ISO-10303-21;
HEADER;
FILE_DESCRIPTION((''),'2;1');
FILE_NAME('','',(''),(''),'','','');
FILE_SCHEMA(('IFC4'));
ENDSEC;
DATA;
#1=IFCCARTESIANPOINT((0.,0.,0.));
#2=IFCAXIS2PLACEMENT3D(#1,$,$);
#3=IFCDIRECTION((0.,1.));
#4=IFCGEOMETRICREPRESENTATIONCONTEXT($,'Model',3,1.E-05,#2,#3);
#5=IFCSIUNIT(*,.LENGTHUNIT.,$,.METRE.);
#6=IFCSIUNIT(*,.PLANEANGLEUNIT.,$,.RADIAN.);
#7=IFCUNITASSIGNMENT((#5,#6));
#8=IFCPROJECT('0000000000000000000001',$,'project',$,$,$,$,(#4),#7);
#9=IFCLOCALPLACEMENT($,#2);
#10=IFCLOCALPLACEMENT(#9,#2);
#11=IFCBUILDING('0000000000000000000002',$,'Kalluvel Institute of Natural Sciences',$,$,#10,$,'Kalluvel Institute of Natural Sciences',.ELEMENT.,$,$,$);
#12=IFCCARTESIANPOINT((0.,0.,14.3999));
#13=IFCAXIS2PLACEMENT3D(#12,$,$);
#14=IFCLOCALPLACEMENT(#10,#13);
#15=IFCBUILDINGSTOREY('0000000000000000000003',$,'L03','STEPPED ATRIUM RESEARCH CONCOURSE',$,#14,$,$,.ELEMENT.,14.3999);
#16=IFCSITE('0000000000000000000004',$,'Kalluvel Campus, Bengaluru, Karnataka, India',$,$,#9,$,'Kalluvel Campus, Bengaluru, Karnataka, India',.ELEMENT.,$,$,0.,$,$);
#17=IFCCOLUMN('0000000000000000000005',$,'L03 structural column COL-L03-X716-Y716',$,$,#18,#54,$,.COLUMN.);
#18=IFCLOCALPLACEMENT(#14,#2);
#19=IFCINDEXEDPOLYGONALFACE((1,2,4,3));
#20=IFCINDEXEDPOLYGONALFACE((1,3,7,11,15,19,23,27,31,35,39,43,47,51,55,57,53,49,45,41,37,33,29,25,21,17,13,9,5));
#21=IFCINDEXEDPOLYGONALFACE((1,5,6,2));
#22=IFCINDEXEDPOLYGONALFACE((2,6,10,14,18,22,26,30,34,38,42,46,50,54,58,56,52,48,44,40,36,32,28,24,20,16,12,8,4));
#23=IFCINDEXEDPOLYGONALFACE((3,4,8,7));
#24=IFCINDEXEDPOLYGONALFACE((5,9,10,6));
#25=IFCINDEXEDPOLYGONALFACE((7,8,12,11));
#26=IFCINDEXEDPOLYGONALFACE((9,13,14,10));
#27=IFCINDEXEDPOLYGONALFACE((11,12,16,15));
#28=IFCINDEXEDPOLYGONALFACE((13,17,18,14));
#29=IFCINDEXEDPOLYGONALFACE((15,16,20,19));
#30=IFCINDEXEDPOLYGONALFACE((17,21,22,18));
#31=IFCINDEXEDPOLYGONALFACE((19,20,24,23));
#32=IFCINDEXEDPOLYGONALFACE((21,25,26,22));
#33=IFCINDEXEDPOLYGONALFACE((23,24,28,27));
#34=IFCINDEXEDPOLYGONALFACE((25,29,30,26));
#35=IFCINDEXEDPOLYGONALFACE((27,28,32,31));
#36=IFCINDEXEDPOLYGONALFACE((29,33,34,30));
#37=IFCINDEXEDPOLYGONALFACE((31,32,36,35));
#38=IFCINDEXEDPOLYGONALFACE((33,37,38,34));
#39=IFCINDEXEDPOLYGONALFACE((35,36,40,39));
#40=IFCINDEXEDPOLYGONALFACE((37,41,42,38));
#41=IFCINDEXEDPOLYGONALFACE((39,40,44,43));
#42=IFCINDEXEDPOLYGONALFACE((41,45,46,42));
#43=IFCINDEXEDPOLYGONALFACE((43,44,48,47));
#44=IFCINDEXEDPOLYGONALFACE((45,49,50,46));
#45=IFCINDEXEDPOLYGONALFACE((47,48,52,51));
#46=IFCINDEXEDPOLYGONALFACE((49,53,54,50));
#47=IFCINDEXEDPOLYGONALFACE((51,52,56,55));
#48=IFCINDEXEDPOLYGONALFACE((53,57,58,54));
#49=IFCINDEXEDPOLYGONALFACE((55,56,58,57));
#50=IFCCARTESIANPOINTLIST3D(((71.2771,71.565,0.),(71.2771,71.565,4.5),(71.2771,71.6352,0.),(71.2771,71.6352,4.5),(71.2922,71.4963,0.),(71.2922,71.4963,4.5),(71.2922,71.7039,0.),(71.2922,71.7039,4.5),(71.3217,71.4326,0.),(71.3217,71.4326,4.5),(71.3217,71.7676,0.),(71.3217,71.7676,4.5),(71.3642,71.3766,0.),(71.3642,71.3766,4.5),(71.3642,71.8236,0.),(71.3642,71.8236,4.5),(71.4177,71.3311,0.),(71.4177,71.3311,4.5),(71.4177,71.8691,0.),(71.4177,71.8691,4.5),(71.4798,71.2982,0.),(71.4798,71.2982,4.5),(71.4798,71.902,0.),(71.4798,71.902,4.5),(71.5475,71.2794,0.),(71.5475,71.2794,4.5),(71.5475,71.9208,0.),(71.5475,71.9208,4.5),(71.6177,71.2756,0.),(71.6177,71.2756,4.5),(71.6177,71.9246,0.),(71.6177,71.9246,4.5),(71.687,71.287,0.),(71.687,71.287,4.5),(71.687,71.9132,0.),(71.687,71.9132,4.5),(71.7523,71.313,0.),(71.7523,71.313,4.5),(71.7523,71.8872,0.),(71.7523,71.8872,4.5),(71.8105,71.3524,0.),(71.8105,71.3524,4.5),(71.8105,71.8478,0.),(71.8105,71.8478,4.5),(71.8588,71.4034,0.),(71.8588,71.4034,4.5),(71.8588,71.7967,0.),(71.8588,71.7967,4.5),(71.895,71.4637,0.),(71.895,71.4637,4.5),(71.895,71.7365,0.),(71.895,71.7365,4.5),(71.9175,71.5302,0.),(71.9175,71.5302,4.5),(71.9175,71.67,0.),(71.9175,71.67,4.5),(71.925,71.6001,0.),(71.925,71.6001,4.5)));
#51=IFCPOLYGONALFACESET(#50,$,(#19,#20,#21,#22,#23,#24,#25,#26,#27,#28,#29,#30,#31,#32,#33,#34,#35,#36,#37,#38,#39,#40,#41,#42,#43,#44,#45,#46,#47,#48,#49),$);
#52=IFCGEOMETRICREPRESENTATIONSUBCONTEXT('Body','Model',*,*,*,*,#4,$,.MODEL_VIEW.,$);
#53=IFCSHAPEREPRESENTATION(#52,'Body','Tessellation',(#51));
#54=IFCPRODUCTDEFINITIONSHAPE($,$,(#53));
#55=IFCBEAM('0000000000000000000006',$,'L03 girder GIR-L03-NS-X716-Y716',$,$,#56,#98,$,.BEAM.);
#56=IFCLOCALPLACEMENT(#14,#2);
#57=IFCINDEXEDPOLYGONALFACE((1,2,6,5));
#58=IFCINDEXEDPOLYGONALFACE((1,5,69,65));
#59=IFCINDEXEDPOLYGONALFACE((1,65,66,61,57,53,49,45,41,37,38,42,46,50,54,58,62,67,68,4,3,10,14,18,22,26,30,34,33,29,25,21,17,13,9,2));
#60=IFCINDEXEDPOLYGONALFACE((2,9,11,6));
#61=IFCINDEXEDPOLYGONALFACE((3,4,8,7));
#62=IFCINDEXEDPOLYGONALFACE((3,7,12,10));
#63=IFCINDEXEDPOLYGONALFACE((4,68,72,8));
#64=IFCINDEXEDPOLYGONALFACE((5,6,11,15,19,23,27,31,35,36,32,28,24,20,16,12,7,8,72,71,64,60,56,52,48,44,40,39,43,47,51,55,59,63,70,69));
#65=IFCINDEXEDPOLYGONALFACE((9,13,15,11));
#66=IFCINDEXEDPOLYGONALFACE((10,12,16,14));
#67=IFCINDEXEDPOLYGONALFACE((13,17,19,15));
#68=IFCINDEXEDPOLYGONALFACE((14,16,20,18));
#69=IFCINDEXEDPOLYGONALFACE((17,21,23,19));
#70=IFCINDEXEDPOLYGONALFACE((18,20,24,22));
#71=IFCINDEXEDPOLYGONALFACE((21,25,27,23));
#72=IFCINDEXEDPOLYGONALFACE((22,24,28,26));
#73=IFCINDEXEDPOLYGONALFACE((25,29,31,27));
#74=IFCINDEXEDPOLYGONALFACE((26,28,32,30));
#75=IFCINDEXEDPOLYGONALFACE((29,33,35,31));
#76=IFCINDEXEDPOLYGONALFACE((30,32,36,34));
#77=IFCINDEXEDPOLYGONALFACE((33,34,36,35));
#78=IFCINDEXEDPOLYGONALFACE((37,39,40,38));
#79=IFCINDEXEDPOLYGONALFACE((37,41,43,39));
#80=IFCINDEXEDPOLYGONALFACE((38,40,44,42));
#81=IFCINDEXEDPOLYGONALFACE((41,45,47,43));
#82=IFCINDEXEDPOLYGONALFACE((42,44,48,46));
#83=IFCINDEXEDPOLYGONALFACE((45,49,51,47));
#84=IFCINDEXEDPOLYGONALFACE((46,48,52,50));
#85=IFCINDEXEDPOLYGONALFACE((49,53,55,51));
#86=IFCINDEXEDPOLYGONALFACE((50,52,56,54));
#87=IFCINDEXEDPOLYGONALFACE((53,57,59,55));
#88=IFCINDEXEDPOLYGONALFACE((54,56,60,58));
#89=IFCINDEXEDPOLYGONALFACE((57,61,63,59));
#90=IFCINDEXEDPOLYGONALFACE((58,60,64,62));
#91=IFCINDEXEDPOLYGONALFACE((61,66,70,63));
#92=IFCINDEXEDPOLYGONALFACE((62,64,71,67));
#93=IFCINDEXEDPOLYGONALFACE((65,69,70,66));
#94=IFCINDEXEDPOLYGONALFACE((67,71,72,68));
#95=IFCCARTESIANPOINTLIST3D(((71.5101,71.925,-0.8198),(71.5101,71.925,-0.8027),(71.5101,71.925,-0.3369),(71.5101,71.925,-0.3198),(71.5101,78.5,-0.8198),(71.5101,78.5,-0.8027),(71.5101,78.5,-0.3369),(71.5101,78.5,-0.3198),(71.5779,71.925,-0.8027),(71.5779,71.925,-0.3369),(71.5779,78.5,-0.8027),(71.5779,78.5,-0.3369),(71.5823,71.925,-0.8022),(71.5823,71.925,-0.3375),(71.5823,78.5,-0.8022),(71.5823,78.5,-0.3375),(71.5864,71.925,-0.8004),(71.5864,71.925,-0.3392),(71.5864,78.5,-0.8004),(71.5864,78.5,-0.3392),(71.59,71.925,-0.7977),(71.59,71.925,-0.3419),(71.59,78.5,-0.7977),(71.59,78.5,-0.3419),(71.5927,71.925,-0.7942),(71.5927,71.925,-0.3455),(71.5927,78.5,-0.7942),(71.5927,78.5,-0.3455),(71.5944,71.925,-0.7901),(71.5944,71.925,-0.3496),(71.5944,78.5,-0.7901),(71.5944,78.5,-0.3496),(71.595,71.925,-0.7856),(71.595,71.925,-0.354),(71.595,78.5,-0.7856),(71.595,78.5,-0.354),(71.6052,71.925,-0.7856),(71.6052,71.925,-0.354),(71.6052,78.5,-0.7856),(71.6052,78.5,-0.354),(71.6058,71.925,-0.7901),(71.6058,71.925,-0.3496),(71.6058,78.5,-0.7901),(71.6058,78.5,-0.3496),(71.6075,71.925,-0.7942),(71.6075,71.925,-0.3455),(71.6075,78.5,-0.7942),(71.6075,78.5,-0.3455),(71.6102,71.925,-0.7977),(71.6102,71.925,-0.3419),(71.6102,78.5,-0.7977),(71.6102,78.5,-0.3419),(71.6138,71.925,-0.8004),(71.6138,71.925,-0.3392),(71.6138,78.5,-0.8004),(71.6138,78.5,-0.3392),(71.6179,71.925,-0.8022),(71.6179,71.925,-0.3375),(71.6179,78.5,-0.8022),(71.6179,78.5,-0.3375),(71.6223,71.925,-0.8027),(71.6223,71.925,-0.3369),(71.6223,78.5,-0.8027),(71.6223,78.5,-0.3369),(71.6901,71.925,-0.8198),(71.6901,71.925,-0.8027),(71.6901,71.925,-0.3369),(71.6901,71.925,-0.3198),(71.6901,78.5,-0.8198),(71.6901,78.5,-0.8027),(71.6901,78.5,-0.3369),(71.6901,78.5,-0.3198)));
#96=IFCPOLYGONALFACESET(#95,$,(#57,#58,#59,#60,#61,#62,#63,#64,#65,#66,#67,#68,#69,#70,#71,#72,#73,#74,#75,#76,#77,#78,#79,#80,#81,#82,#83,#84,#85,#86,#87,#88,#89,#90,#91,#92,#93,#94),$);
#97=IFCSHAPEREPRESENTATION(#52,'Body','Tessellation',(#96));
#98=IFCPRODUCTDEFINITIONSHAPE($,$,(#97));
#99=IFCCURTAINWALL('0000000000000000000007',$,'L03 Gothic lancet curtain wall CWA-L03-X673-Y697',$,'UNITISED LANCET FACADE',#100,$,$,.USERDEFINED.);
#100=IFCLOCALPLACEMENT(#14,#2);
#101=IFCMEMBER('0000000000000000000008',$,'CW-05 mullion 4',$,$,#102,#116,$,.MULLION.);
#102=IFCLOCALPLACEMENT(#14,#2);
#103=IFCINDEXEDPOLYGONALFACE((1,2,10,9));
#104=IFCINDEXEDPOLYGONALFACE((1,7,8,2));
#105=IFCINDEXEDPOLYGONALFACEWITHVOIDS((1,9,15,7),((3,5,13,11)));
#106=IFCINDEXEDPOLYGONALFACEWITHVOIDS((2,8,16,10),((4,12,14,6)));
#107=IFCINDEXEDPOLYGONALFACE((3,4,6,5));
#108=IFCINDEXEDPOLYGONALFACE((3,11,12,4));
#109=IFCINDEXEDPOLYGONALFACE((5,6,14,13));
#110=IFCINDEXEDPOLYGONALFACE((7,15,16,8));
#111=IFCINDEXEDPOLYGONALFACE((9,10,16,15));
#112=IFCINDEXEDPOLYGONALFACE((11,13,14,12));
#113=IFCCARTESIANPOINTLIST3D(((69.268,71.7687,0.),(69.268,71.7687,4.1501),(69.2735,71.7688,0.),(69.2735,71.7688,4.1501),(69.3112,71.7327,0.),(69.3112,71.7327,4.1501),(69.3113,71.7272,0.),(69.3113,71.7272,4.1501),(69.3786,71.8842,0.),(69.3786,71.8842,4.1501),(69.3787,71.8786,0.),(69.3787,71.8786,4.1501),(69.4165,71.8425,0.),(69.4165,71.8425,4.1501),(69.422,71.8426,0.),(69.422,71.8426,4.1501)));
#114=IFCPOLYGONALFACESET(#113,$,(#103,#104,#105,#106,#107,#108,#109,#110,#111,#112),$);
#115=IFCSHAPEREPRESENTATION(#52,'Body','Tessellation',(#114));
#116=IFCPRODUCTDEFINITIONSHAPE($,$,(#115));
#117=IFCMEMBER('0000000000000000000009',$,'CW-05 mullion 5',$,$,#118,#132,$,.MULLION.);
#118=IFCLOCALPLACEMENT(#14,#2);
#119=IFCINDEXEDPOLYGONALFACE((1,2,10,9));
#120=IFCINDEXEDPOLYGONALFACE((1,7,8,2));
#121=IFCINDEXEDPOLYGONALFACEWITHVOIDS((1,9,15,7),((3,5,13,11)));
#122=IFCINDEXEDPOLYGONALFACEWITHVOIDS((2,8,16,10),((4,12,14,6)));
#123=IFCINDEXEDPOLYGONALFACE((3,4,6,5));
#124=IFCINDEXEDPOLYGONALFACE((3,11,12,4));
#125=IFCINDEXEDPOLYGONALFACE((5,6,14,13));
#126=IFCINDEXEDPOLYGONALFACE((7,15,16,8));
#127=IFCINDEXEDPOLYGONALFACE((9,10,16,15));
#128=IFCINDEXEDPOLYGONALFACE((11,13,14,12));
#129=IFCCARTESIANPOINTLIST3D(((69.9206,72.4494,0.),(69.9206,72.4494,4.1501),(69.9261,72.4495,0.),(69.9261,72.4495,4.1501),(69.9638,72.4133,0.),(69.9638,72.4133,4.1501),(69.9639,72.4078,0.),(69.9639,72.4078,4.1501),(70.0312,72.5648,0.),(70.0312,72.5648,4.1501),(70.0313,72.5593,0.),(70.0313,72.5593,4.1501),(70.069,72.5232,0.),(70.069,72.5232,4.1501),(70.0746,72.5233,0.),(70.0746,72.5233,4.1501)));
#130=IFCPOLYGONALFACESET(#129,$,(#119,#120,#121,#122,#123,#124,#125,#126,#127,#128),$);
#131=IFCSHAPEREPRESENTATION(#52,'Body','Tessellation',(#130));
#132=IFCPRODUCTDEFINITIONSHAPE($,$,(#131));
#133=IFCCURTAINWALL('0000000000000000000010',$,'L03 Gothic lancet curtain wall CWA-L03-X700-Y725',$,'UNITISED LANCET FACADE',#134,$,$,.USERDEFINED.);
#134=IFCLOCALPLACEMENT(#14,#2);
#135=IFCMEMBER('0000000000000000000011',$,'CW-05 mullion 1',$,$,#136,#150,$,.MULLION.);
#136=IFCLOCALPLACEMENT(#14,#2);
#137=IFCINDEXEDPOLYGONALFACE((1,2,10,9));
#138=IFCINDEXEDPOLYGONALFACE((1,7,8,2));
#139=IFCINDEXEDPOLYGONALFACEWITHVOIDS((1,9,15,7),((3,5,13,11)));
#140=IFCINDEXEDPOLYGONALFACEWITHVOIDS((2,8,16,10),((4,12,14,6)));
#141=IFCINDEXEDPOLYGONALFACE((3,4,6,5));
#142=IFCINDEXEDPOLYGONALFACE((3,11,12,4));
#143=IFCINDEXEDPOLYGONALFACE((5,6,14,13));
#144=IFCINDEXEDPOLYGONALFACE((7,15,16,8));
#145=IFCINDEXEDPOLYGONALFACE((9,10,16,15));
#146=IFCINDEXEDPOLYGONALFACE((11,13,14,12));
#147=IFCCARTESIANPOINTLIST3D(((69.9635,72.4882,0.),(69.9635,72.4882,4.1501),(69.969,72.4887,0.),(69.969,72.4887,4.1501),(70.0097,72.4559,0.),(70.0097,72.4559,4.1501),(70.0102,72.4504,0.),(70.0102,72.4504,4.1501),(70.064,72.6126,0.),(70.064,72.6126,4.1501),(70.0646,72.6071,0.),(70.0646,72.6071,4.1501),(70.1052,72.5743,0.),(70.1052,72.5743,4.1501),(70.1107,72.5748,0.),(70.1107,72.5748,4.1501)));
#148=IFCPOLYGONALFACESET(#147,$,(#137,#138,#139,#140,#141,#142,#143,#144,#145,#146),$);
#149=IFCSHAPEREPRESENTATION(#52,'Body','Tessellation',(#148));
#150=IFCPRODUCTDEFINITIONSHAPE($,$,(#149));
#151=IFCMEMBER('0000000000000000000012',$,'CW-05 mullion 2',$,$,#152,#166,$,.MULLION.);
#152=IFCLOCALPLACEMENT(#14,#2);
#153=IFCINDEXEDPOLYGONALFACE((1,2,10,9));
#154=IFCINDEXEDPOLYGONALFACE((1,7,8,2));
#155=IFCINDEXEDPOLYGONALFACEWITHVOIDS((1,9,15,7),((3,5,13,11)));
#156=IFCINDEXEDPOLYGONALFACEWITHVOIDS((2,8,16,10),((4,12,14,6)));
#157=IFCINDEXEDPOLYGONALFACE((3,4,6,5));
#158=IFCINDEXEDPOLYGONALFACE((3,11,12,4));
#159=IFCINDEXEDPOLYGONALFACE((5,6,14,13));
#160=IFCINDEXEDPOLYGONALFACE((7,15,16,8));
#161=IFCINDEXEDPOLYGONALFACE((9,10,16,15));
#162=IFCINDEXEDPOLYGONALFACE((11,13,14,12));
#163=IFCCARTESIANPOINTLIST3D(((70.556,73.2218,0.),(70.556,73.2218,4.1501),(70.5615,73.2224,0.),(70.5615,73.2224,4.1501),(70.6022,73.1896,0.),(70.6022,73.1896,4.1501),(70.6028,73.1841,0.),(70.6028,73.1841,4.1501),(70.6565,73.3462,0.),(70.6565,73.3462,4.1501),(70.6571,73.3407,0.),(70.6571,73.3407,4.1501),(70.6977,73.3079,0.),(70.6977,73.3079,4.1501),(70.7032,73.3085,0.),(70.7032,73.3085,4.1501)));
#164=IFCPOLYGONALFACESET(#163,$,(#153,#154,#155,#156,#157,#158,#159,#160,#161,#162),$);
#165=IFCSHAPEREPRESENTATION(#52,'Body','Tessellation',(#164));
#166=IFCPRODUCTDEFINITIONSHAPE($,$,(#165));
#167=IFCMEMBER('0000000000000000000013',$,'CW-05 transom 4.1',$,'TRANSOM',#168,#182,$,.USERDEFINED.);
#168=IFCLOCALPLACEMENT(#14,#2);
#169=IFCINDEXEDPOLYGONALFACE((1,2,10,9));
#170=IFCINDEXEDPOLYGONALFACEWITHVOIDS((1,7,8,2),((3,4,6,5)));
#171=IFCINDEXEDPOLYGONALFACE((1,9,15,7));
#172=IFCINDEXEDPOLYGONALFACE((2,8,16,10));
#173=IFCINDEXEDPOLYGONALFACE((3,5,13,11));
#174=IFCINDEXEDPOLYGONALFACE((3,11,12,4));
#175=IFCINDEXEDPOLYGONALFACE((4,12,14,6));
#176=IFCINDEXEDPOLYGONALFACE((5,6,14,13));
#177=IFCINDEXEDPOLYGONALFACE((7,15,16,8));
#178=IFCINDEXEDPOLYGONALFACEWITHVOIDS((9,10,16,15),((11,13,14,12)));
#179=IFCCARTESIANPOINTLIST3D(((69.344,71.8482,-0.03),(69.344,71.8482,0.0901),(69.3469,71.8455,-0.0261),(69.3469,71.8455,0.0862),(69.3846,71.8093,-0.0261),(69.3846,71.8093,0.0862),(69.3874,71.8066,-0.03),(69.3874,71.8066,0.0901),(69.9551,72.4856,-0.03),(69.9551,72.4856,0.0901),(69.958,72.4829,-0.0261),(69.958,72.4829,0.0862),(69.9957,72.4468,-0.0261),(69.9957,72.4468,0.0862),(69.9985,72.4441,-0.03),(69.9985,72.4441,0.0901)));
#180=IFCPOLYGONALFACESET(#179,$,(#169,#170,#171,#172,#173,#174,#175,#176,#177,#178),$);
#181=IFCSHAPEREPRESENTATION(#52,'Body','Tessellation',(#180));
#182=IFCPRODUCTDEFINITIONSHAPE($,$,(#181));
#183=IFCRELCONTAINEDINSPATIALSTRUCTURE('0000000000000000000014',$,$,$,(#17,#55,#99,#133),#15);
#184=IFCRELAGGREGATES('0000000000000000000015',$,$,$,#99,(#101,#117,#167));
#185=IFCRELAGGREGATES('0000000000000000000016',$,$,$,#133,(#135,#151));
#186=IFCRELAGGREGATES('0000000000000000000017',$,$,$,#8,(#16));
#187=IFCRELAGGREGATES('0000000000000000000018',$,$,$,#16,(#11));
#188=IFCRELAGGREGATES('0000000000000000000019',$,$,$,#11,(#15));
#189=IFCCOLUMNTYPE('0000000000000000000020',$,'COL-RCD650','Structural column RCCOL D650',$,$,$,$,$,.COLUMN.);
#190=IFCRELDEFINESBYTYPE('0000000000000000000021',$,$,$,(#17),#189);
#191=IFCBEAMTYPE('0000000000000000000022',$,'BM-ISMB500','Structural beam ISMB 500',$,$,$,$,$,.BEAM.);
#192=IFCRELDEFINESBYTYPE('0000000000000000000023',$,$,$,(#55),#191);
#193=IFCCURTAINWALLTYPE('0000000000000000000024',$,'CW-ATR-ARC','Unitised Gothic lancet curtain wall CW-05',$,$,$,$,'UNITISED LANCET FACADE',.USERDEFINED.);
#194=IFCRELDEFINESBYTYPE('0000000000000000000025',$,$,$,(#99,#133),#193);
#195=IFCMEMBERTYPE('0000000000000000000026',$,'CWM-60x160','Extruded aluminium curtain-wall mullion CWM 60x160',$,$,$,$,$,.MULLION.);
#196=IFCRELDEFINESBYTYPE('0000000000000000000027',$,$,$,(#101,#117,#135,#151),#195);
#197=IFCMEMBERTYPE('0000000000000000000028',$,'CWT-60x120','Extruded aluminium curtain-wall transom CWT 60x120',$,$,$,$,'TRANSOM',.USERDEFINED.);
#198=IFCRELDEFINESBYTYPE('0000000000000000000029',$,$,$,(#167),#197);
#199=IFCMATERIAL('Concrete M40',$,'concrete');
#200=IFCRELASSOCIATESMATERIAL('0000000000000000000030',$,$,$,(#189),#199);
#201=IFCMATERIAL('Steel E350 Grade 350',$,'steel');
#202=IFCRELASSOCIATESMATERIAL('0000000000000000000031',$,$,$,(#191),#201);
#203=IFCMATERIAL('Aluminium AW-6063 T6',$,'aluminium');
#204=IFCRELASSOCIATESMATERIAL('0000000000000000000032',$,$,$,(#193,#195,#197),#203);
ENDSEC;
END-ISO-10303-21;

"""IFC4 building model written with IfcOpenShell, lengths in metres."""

from ifc_helpers import new_model, si_unit, direction, frame, origin, origin_2d, place, context, subcontext, project, spatial, hollow_rectangle, circle, i_section, extrude, material, material_profile, profile_set, type_object, element, aggregate, save


model = new_model("IFC4")

# Units and contexts
model_context = context("Model", 3, precision=1e-05, world=origin(), true_north=direction((0.0, 1.0)))
body_context = subcontext(model_context, "Body", "Model", "MODEL_VIEW")
ifc_project = project(units=[si_unit("LENGTHUNIT", "METRE"), si_unit("PLANEANGLEUNIT", "RADIAN")], contexts=[model_context])

# Site, building, storey
site_placement = place(None, origin())
site = spatial("IfcSite", under=ifc_project, at=site_placement, Name="Kalluvel Campus, Bengaluru, Karnataka, India", LongName="Kalluvel Campus, Bengaluru, Karnataka, India", CompositionType="ELEMENT", RefElevation=0.0)
building_placement = place(site_placement, origin())
building = spatial("IfcBuilding", under=site, at=building_placement, Name="Kalluvel Institute of Natural Sciences", LongName="Kalluvel Institute of Natural Sciences", CompositionType="ELEMENT")
storey_placement = place(building_placement, frame((0.0, 0.0, 14.3999)))
storey = spatial("IfcBuildingStorey", under=building, at=storey_placement, Name="L03", Description="STEPPED ATRIUM RESEARCH CONCOURSE", CompositionType="ELEMENT", Elevation=14.3999)

# Column
ifc_material_1 = material(Name="Concrete M40", Category="concrete")
ifc_material_profile_1 = material_profile(ifc_material_1, circle(Radius=0.325, at=origin_2d()), Name="RCCOL D650")
ifc_profile_set_1 = profile_set([ifc_material_profile_1], Name="Concrete M40")
column_type = type_object("IfcColumnType", Name="COL-RCD650", Description="Structural column RCCOL D650", PredefinedType="COLUMN", material=ifc_profile_set_1)
column_placement = place(storey_placement, frame((71.6001, 71.6001, 0.0), z_axis=(0.0, 0.0, 1.0), x_axis=(1.0, 0.0, 0.0)))
element("IfcColumn", 1, at=column_placement, inside=storey, type_object=column_type, Name="L03 structural column COL-L03-X716-Y716", PredefinedType="COLUMN", context=body_context, shape_type="SweptSolid", body=[
    extrude(circle(Radius=0.325, at=origin_2d()), origin(), (0.0, 0.0, 1.0), 4.5),
])

# Beam
ifc_material_2 = material(Name="Steel E350 Grade 350", Category="steel")
ifc_material_profile_2 = material_profile(ifc_material_2, i_section(OverallWidth=0.1799, OverallDepth=0.5, WebThickness=0.0103, FlangeThickness=0.0171, FilletRadius=0.0171, at=origin_2d()), Name="ISMB 500")
ifc_profile_set_2 = profile_set([ifc_material_profile_2], Name="Steel E350 Grade 350")
beam_type = type_object("IfcBeamType", Name="BM-ISMB500", Description="Structural beam ISMB 500", PredefinedType="BEAM", material=ifc_profile_set_2)
beam_placement = place(storey_placement, frame((71.6001, 71.925, -0.5698), z_axis=(0.0, 1.0, 0.0), x_axis=(-1.0, 0.0, 0.0)))
element("IfcBeam", 2, at=beam_placement, inside=storey, type_object=beam_type, Name="L03 girder GIR-L03-NS-X716-Y716", PredefinedType="BEAM", context=body_context, shape_type="SweptSolid", body=[
    extrude(i_section(OverallWidth=0.1799, OverallDepth=0.5, WebThickness=0.0103, FlangeThickness=0.0171, FilletRadius=0.0171, at=origin_2d()), origin(), (0.0, 0.0, 1.0), 6.575),
])

# Curtain walls, members
ifc_material_3 = material(Name="Aluminium AW-6063 T6", Category="aluminium")
curtain_wall_type = type_object("IfcCurtainWallType", Name="CW-ATR-ARC", Description="Unitised Gothic lancet curtain wall CW-05", ElementType="UNITISED LANCET FACADE", PredefinedType="USERDEFINED", material=ifc_material_3)
curtain_wall_1_placement = place(storey_placement, origin())
curtain_wall_1 = element("IfcCurtainWall", 3, at=curtain_wall_1_placement, inside=storey, type_object=curtain_wall_type, Name="L03 Gothic lancet curtain wall CWA-L03-X673-Y697", ObjectType="UNITISED LANCET FACADE", PredefinedType="USERDEFINED")
ifc_material_profile_3 = material_profile(ifc_material_3, hollow_rectangle(XDim=0.0601, YDim=0.1599, WallThickness=0.0039, at=origin_2d()), Name="CWM 60x160")
ifc_profile_set_3 = profile_set([ifc_material_profile_3], Name="Aluminium AW-6063 T6")
member_type_1 = type_object("IfcMemberType", Name="CWM-60x160", Description="Extruded aluminium curtain-wall mullion CWM 60x160", PredefinedType="MULLION", material=ifc_profile_set_3)
member_1_placement = place(storey_placement, frame((69.345, 71.8057, 0.0), z_axis=(0.0, 0.0, 1.0), x_axis=(-0.721966, 0.691929, 0.0)))
member_1 = element("IfcMember", 4, at=member_1_placement, type_object=member_type_1, Name="CW-05 mullion 4", PredefinedType="MULLION", context=body_context, shape_type="SweptSolid", body=[
    extrude(hollow_rectangle(XDim=0.0601, YDim=0.1599, WallThickness=0.0039, at=origin_2d()), origin(), (0.0, 0.0, 1.0), 4.1501),
])
member_2_placement = place(storey_placement, frame((69.9976, 72.4863, 0.0), z_axis=(0.0, 0.0, 1.0), x_axis=(-0.721966, 0.691929, 0.0)))
member_2 = element("IfcMember", 5, at=member_2_placement, type_object=member_type_1, Name="CW-05 mullion 5", PredefinedType="MULLION", context=body_context, shape_type="SweptSolid", body=[
    extrude(hollow_rectangle(XDim=0.0601, YDim=0.1599, WallThickness=0.0039, at=origin_2d()), origin(), (0.0, 0.0, 1.0), 4.1501),
])
curtain_wall_2_placement = place(storey_placement, origin())
curtain_wall_2 = element("IfcCurtainWall", 6, at=curtain_wall_2_placement, inside=storey, type_object=curtain_wall_type, Name="L03 Gothic lancet curtain wall CWA-L03-X700-Y725", ObjectType="UNITISED LANCET FACADE", PredefinedType="USERDEFINED")
member_3_placement = place(storey_placement, frame((70.0371, 72.5315, 0.0), z_axis=(0.0, 0.0, 1.0), x_axis=(-0.778028, 0.628229, 0.0)))
member_3 = element("IfcMember", 7, at=member_3_placement, type_object=member_type_1, Name="CW-05 mullion 1", PredefinedType="MULLION", context=body_context, shape_type="SweptSolid", body=[
    extrude(hollow_rectangle(XDim=0.0601, YDim=0.1599, WallThickness=0.0039, at=origin_2d()), origin(), (0.0, 0.0, 1.0), 4.1501),
])
member_4_placement = place(storey_placement, frame((70.6296, 73.2651, 0.0), z_axis=(0.0, 0.0, 1.0), x_axis=(-0.778028, 0.628229, 0.0)))
member_4 = element("IfcMember", 8, at=member_4_placement, type_object=member_type_1, Name="CW-05 mullion 2", PredefinedType="MULLION", context=body_context, shape_type="SweptSolid", body=[
    extrude(hollow_rectangle(XDim=0.0601, YDim=0.1599, WallThickness=0.0039, at=origin_2d()), origin(), (0.0, 0.0, 1.0), 4.1501),
])

# Member
ifc_material_profile_4 = material_profile(ifc_material_3, hollow_rectangle(XDim=0.0601, YDim=0.1201, WallThickness=0.0039, at=origin_2d()), Name="CWT 60x120")
ifc_profile_set_4 = profile_set([ifc_material_profile_4], Name="Aluminium AW-6063 T6")
member_type_2 = type_object("IfcMemberType", Name="CWT-60x120", Description="Extruded aluminium curtain-wall transom CWT 60x120", ElementType="TRANSOM", PredefinedType="USERDEFINED", material=ifc_profile_set_4)
member_5_placement = place(storey_placement, frame((69.3657, 71.8274, 0.03), z_axis=(0.692019, 0.721879, 0.0), x_axis=(-0.721879, 0.692019, 0.0)))
member_5 = element("IfcMember", 9, at=member_5_placement, type_object=member_type_2, Name="CW-05 transom 4.1", ObjectType="TRANSOM", PredefinedType="USERDEFINED", context=body_context, shape_type="SweptSolid", body=[
    extrude(hollow_rectangle(XDim=0.0601, YDim=0.1201, WallThickness=0.0039, at=origin_2d()), origin(), (0.0, 0.0, 1.0), 0.8831),
])

aggregate(curtain_wall_1, [member_1, member_2, member_5])
aggregate(curtain_wall_2, [member_3, member_4])

save(model, "model.ifc")
